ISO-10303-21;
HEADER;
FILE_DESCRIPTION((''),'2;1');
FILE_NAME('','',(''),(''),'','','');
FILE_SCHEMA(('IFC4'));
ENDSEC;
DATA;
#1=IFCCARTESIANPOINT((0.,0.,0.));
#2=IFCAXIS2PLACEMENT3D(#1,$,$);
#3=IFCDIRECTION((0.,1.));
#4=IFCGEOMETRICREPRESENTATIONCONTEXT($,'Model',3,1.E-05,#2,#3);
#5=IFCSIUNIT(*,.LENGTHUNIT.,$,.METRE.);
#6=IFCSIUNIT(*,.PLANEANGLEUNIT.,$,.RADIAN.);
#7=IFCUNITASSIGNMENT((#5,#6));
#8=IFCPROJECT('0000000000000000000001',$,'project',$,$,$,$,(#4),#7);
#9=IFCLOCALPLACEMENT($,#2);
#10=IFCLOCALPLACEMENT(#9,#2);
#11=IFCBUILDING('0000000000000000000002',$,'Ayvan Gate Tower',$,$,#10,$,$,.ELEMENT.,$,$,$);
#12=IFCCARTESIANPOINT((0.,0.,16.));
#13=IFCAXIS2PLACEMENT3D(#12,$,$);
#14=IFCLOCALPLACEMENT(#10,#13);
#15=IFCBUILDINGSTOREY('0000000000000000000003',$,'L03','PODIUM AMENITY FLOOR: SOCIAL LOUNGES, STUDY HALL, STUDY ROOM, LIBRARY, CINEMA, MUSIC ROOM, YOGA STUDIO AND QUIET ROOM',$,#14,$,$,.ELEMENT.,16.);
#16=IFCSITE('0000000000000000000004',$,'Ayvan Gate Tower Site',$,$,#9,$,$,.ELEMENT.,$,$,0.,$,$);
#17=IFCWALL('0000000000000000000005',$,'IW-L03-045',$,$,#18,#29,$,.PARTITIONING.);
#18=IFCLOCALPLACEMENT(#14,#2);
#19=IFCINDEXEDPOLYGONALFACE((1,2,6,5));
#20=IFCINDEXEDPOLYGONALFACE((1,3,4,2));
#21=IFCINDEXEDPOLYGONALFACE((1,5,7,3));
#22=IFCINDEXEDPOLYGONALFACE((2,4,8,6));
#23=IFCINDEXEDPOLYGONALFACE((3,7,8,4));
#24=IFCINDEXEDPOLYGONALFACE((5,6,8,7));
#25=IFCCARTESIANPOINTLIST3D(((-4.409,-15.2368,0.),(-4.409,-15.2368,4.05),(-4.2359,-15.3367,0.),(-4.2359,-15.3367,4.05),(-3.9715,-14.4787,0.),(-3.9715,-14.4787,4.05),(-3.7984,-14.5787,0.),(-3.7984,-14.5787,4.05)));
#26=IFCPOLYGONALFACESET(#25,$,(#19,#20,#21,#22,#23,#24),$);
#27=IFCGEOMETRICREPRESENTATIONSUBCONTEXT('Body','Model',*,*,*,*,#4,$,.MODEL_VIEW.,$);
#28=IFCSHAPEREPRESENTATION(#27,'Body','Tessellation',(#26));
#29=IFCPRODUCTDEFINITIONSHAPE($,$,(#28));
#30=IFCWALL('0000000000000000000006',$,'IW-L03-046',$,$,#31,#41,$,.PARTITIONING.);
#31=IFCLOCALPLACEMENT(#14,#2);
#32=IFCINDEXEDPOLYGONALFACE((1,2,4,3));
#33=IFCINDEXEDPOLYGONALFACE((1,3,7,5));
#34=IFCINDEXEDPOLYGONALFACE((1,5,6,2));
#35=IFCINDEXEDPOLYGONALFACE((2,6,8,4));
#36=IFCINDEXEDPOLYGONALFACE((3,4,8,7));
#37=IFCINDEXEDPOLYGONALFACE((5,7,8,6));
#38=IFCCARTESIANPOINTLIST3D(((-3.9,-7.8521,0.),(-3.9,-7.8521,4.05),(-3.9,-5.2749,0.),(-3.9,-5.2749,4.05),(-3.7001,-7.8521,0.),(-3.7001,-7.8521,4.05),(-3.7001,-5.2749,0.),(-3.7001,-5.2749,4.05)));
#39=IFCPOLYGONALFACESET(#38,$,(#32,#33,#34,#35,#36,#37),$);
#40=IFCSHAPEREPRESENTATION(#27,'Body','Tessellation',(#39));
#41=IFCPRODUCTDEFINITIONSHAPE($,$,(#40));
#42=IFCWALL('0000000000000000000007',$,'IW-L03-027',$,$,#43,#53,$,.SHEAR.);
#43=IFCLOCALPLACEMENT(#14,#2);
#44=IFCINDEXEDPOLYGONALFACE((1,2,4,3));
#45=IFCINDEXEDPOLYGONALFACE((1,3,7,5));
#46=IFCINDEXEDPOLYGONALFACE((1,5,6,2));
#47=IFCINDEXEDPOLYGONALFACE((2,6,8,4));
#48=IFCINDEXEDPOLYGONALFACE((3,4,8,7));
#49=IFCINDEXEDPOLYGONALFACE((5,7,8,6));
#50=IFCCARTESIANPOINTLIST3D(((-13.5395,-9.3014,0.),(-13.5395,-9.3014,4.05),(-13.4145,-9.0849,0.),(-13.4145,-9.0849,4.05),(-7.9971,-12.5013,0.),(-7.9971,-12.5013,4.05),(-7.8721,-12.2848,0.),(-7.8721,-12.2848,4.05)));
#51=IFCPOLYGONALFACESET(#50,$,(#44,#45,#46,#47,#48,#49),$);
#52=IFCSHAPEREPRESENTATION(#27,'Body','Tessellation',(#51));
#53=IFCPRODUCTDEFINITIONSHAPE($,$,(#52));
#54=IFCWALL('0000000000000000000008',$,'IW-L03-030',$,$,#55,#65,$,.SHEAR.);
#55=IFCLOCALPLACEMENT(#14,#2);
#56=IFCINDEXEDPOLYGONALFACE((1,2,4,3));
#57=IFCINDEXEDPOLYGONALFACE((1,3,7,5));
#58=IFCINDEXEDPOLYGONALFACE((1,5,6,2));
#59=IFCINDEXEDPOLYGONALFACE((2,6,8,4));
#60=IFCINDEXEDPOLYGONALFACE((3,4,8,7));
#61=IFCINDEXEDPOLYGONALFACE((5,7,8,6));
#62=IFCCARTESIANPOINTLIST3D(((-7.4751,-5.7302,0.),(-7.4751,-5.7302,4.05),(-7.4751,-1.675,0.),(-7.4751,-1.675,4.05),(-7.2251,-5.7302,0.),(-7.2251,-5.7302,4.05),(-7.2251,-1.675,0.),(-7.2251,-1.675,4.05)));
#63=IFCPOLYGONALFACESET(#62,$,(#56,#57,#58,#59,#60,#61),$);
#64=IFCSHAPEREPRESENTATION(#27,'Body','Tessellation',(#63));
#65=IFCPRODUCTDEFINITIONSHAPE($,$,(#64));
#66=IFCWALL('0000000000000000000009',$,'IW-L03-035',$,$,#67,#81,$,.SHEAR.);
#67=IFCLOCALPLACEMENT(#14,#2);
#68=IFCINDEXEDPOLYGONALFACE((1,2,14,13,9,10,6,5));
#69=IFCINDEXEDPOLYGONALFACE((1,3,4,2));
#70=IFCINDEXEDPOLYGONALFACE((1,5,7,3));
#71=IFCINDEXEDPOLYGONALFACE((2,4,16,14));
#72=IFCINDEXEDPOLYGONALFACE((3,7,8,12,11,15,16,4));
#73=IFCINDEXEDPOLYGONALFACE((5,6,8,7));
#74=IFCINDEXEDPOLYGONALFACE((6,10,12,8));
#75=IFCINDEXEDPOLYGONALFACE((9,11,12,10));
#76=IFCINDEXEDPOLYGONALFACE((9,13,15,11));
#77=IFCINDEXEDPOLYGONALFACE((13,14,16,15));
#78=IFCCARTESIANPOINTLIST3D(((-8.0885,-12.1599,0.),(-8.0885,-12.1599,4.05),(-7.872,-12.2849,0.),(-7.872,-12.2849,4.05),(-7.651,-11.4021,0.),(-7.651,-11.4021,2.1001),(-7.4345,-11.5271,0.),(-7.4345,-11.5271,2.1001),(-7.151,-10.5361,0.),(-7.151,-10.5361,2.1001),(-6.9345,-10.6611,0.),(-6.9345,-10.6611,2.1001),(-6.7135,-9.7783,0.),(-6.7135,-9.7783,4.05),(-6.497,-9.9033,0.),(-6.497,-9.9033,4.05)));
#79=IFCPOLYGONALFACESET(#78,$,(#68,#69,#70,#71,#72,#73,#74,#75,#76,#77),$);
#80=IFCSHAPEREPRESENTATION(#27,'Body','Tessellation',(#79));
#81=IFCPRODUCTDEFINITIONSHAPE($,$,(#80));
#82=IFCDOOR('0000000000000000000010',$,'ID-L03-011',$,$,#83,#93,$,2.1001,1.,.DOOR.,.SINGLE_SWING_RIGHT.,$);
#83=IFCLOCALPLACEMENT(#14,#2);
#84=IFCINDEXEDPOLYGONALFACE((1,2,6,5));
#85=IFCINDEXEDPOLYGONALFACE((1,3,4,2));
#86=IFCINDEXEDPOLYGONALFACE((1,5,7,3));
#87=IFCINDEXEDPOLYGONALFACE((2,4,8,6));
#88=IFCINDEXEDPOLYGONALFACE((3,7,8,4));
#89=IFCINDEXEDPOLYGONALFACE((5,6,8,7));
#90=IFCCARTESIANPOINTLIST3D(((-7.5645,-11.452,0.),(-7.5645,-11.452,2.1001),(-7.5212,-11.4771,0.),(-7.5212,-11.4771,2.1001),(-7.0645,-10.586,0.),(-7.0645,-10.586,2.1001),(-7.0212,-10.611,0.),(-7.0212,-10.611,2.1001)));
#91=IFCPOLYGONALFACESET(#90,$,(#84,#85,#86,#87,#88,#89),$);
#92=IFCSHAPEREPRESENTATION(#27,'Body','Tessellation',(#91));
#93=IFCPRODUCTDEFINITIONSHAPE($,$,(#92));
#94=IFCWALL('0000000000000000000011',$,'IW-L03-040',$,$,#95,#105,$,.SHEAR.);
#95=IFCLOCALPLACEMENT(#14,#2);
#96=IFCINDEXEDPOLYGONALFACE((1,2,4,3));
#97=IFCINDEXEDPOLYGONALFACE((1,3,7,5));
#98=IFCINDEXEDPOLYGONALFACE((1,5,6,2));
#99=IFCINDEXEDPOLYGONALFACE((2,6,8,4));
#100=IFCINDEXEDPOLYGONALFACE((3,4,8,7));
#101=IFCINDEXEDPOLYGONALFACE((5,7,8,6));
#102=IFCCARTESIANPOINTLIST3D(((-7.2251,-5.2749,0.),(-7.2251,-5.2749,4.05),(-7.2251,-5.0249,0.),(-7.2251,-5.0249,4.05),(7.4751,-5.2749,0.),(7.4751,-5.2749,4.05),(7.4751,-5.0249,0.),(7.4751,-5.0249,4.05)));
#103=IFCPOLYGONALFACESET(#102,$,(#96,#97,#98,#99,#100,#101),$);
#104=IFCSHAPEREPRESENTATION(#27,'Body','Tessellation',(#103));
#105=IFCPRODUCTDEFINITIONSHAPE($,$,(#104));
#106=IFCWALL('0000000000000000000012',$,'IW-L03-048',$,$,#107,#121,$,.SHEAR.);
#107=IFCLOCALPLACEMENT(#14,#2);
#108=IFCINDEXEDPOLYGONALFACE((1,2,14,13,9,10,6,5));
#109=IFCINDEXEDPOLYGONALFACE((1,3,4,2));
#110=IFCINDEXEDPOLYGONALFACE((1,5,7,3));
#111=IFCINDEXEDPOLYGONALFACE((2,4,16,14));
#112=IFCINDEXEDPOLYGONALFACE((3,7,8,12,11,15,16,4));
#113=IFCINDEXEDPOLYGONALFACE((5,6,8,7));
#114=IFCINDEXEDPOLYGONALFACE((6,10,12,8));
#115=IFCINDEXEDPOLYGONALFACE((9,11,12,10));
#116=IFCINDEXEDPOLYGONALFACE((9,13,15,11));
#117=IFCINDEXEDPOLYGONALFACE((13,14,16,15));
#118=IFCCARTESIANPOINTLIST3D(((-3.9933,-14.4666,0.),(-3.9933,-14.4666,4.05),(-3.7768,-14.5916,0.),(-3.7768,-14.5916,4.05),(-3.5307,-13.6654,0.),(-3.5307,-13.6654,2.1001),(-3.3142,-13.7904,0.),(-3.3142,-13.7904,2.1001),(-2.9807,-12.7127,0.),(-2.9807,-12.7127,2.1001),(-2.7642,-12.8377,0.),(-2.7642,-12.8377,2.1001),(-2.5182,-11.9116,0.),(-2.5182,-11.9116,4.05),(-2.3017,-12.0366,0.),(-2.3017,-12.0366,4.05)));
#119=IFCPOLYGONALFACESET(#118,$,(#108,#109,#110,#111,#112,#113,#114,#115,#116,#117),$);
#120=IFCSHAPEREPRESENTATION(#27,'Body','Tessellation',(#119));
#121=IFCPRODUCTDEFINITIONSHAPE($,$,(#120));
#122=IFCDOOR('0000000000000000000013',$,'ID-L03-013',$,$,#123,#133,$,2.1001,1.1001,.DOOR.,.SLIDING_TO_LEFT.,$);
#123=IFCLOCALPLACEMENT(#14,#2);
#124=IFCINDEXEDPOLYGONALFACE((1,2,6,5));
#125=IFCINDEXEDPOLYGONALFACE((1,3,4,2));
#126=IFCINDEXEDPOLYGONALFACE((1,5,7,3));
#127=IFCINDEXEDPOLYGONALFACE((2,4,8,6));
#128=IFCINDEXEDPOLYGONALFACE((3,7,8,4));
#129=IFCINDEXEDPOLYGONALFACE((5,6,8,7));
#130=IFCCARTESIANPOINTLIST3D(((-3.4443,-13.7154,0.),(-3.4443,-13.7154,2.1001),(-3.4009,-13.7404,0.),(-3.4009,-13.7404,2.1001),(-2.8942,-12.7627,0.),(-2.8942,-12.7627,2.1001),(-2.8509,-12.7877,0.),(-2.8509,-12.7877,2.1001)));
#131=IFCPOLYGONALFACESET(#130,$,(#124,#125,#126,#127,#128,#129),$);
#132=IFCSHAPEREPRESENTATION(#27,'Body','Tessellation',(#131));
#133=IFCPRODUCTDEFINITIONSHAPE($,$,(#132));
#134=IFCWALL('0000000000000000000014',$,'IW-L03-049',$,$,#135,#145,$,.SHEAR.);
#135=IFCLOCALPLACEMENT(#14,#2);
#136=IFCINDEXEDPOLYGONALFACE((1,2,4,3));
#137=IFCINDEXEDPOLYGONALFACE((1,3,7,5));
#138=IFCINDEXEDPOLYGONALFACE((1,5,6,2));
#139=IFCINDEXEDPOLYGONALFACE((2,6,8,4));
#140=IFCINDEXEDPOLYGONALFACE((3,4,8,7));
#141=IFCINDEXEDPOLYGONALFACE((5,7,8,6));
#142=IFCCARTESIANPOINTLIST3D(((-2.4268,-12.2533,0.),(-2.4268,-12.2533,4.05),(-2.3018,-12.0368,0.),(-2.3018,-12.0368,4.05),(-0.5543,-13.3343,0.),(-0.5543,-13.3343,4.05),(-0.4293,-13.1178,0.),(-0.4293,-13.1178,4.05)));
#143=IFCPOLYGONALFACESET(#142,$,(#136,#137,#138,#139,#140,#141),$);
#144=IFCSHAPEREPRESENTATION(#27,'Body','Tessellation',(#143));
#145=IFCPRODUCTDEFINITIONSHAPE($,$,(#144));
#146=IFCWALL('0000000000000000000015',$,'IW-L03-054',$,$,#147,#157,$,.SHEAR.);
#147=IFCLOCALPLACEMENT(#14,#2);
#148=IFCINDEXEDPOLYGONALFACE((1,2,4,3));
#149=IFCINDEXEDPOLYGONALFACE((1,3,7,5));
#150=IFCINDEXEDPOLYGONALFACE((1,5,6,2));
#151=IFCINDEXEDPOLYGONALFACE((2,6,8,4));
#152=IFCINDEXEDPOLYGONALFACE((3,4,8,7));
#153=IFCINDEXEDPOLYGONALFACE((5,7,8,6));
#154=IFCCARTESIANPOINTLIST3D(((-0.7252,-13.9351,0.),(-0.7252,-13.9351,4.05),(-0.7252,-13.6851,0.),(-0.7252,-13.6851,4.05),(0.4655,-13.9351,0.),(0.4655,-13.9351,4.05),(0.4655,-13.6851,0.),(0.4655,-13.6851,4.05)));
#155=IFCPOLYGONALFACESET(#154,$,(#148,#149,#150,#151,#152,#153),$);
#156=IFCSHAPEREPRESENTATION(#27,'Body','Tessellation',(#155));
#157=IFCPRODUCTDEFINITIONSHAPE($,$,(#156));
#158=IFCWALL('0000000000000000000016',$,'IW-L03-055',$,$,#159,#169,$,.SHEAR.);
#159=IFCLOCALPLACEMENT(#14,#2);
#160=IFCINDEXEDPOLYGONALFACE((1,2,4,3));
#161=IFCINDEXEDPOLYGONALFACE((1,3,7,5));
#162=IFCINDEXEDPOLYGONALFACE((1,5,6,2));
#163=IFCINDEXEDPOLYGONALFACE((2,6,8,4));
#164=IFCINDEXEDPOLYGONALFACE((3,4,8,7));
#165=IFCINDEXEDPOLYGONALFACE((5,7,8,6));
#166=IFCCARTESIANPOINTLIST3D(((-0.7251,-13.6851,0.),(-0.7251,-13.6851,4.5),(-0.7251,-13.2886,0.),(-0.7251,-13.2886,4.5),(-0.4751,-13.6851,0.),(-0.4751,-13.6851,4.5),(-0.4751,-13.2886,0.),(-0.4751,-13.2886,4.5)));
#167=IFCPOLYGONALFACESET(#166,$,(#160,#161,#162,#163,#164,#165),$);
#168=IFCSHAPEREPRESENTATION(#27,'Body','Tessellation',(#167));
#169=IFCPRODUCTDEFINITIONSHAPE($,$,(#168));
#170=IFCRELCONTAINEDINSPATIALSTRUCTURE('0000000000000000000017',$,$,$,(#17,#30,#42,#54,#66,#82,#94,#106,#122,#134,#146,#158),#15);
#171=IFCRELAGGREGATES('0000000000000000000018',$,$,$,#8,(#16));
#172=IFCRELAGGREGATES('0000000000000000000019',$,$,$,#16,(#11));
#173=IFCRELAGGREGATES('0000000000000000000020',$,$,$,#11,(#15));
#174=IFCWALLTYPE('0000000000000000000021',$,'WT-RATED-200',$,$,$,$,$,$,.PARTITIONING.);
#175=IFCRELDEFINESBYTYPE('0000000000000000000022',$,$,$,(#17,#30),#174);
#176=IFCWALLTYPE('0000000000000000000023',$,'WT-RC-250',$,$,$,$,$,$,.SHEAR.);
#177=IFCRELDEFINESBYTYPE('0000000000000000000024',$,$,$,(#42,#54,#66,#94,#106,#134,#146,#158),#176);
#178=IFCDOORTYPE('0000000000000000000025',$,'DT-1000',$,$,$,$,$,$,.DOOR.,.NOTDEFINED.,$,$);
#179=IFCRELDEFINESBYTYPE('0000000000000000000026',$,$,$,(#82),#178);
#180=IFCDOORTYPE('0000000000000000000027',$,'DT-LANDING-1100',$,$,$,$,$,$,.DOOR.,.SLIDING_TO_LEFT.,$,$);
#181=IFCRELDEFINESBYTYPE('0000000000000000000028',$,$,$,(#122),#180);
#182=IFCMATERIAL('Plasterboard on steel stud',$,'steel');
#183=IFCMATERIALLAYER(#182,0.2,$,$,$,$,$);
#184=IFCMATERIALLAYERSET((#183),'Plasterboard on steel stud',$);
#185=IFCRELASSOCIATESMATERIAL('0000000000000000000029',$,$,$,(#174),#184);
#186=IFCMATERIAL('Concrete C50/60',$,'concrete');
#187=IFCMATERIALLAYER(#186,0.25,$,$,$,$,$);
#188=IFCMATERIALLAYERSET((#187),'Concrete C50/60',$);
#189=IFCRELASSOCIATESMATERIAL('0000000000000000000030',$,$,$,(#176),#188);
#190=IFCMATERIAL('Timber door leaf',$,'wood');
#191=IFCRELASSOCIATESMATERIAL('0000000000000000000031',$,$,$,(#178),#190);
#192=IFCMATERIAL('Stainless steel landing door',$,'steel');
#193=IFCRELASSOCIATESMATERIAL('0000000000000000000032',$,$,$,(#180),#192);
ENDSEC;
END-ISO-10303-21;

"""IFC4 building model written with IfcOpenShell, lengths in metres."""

from ifc_helpers import new_model, si_unit, direction, frame, frame_2d, origin, place, context, subcontext, project, spatial, rectangle, extrude, material, layer, layer_set, type_object, element, fill, save


model = new_model("IFC4")

# Units and contexts
model_context = context("Model", 3, precision=1e-05, world=origin(), true_north=direction((0.0, 1.0)))
body_context = subcontext(model_context, "Body", "Model", "MODEL_VIEW")
ifc_project = project(units=[si_unit("LENGTHUNIT", "METRE"), si_unit("PLANEANGLEUNIT", "RADIAN")], contexts=[model_context])

# Site, building, storey
site_placement = place(None, origin())
site = spatial("IfcSite", under=ifc_project, at=site_placement, Name="Ayvan Gate Tower Site", CompositionType="ELEMENT", RefElevation=0.0)
building_placement = place(site_placement, origin())
building = spatial("IfcBuilding", under=site, at=building_placement, Name="Ayvan Gate Tower", CompositionType="ELEMENT")
storey_placement = place(building_placement, frame((0.0, 0.0, 16.0)))
storey = spatial("IfcBuildingStorey", under=building, at=storey_placement, Name="L03", Description="PODIUM AMENITY FLOOR: SOCIAL LOUNGES, STUDY HALL, STUDY ROOM, LIBRARY, CINEMA, MUSIC ROOM, YOGA STUDIO AND QUIET ROOM", CompositionType="ELEMENT", Elevation=16.0)

# Shared definitions
ifc_material_1 = material(Name="Timber door leaf", Category="wood")

# Shared definitions
ifc_material_2 = material(Name="Plasterboard on steel stud", Category="steel")
ifc_layer_1 = layer(ifc_material_2, 0.2)
ifc_layer_set_1 = layer_set([ifc_layer_1], Name="Plasterboard on steel stud")
wall_type_1 = type_object("IfcWallType", Name="WT-RATED-200", PredefinedType="PARTITIONING", material=ifc_layer_set_1)

# Walls
wall_1_placement = place(storey_placement, frame((-3.885, -14.5288, 0.0), z_axis=(0.0, 0.0, 1.0), x_axis=(-0.499859, -0.866107, 0.0)))
element("IfcWall", 1, at=wall_1_placement, inside=storey, type_object=wall_type_1, Name="IW-L03-045", PredefinedType="PARTITIONING", context=body_context, shape_type="SweptSolid", body=[
    extrude(rectangle(XDim=0.8752, YDim=0.2, at=frame_2d((0.4375, 0.0))), origin(), (0.0, 0.0, 1.0), 4.05),
])
wall_2_placement = place(storey_placement, frame((-3.8, -5.2749, 0.0), z_axis=(0.0, 0.0, 1.0), x_axis=(0.0, -1.0, 0.0)))
element("IfcWall", 2, at=wall_2_placement, inside=storey, type_object=wall_type_1, Name="IW-L03-046", PredefinedType="PARTITIONING", context=body_context, shape_type="SweptSolid", body=[
    extrude(rectangle(XDim=2.5771, YDim=0.2, at=frame_2d((1.2886, 0.0))), origin(), (0.0, 0.0, 1.0), 4.05),
])
ifc_material_3 = material(Name="Concrete C50/60", Category="concrete")
ifc_layer_2 = layer(ifc_material_3, 0.25)
ifc_layer_set_2 = layer_set([ifc_layer_2], Name="Concrete C50/60")
wall_type_2 = type_object("IfcWallType", Name="WT-RC-250", PredefinedType="SHEAR", material=ifc_layer_set_2)
wall_3_placement = place(storey_placement, frame((-7.9346, -12.3931, 0.0), z_axis=(0.0, 0.0, 1.0), x_axis=(-0.866025, 0.5, 0.0)))
element("IfcWall", 3, at=wall_3_placement, inside=storey, type_object=wall_type_2, Name="IW-L03-027", PredefinedType="SHEAR", context=body_context, shape_type="SweptSolid", body=[
    extrude(rectangle(XDim=6.3999, YDim=0.25, at=frame_2d((3.2, 0.0))), origin(), (0.0, 0.0, 1.0), 4.05),
])
wall_4_placement = place(storey_placement, frame((-7.3501, -5.7302, 0.0), z_axis=(0.0, 0.0, 1.0), x_axis=(0.0, 1.0, 0.0)))
element("IfcWall", 4, at=wall_4_placement, inside=storey, type_object=wall_type_2, Name="IW-L03-030", PredefinedType="SHEAR", context=body_context, shape_type="SweptSolid", body=[
    extrude(rectangle(XDim=4.0552, YDim=0.25, at=frame_2d((2.0276, 0.0))), origin(), (0.0, 0.0, 1.0), 4.05),
])

# Wall, opening, door
wall_5_placement = place(storey_placement, frame((-6.6052, -9.8408, 0.0), z_axis=(0.0, 0.0, 1.0), x_axis=(-0.499997, -0.866027, 0.0)))
wall_5 = element("IfcWall", 5, at=wall_5_placement, inside=storey, type_object=wall_type_2, Name="IW-L03-035", PredefinedType="SHEAR", context=body_context, shape_type="SweptSolid", body=[
    extrude(rectangle(XDim=2.75, YDim=0.25, at=frame_2d((1.375, 0.0))), origin(), (0.0, 0.0, 1.0), 4.05),
])
opening_1_placement = place(wall_5_placement, frame((0.875, 0.0, 0.0)))
opening_1 = element("IfcOpeningElement", 6, at=opening_1_placement, cuts=wall_5, PredefinedType="OPENING", context=body_context, shape_type="SweptSolid", body=[
    extrude(rectangle(XDim=1.0, YDim=2.1001, at=frame_2d((0.5, 1.05))), frame((0.0, 0.135, 0.0), z_axis=(0.0, -1.0, 0.0), x_axis=(1.0, 0.0, 0.0)), (0.0, 0.0, 1.0), 0.27),
])
door_type_1 = type_object("IfcDoorType", Name="DT-1000", OperationType="NOTDEFINED", PredefinedType="DOOR", material=ifc_material_1)
door_1_placement = place(opening_1_placement, origin())
door_1 = element("IfcDoor", 7, at=door_1_placement, inside=storey, type_object=door_type_1, Name="ID-L03-011", OperationType="SINGLE_SWING_RIGHT", OverallHeight=2.1001, OverallWidth=1.0, PredefinedType="DOOR", context=body_context, shape_type="SweptSolid", body=[
    extrude(rectangle(XDim=1.0, YDim=2.1001, at=frame_2d((0.5, 1.05))), frame((0.0, 0.0249, 0.0), z_axis=(0.0, -1.0, 0.0), x_axis=(1.0, 0.0, 0.0)), (0.0, 0.0, 1.0), 0.05),
])
fill(opening_1, door_1)

# Wall
wall_6_placement = place(storey_placement, frame((-7.2251, -5.1499, 0.0), z_axis=(0.0, 0.0, 1.0), x_axis=(1.0, 0.0, 0.0)))
element("IfcWall", 8, at=wall_6_placement, inside=storey, type_object=wall_type_2, Name="IW-L03-040", PredefinedType="SHEAR", context=body_context, shape_type="SweptSolid", body=[
    extrude(rectangle(XDim=14.7002, YDim=0.25, at=frame_2d((7.3501, 0.0))), origin(), (0.0, 0.0, 1.0), 4.05),
])

# Wall, opening, door
wall_7_placement = place(storey_placement, frame((-2.4099, -11.9741, 0.0), z_axis=(0.0, 0.0, 1.0), x_axis=(-0.500002, -0.866024, 0.0)))
wall_7 = element("IfcWall", 9, at=wall_7_placement, inside=storey, type_object=wall_type_2, Name="IW-L03-048", PredefinedType="SHEAR", context=body_context, shape_type="SweptSolid", body=[
    extrude(rectangle(XDim=2.9502, YDim=0.25, at=frame_2d((1.4751, 0.0))), origin(), (0.0, 0.0, 1.0), 4.05),
])
opening_2_placement = place(wall_7_placement, frame((0.925, 0.0, 0.0)))
opening_2 = element("IfcOpeningElement", 10, at=opening_2_placement, cuts=wall_7, PredefinedType="OPENING", context=body_context, shape_type="SweptSolid", body=[
    extrude(rectangle(XDim=1.1001, YDim=2.1001, at=frame_2d((0.55, 1.05))), frame((0.0, 0.135, 0.0), z_axis=(0.0, -1.0, 0.0), x_axis=(1.0, 0.0, 0.0)), (0.0, 0.0, 1.0), 0.27),
])
ifc_material_4 = material(Name="Stainless steel landing door", Category="steel")
door_type_2 = type_object("IfcDoorType", Name="DT-LANDING-1100", OperationType="SLIDING_TO_LEFT", PredefinedType="DOOR", material=ifc_material_4)
door_2_placement = place(opening_2_placement, origin())
door_2 = element("IfcDoor", 11, at=door_2_placement, inside=storey, type_object=door_type_2, Name="ID-L03-013", OperationType="SLIDING_TO_LEFT", OverallHeight=2.1001, OverallWidth=1.1001, PredefinedType="DOOR", context=body_context, shape_type="SweptSolid", body=[
    extrude(rectangle(XDim=1.1001, YDim=2.1001, at=frame_2d((0.55, 1.05))), frame((0.0, 0.0249, 0.0), z_axis=(0.0, -1.0, 0.0), x_axis=(1.0, 0.0, 0.0)), (0.0, 0.0, 1.0), 0.05),
])
fill(opening_2, door_2)

# Walls
wall_8_placement = place(storey_placement, frame((-2.3643, -12.145, 0.0), z_axis=(0.0, 0.0, 1.0), x_axis=(0.866039, -0.499977, 0.0)))
element("IfcWall", 12, at=wall_8_placement, inside=storey, type_object=wall_type_2, Name="IW-L03-049", PredefinedType="SHEAR", context=body_context, shape_type="SweptSolid", body=[
    extrude(rectangle(XDim=2.1621, YDim=0.25, at=frame_2d((1.0811, 0.0))), origin(), (0.0, 0.0, 1.0), 4.05),
])
wall_9_placement = place(storey_placement, frame((-0.7251, -13.8101, 0.0), z_axis=(0.0, 0.0, 1.0), x_axis=(1.0, 0.0, 0.0)))
element("IfcWall", 13, at=wall_9_placement, inside=storey, type_object=wall_type_2, Name="IW-L03-054", PredefinedType="SHEAR", context=body_context, shape_type="SweptSolid", body=[
    extrude(rectangle(XDim=1.1907, YDim=0.25, at=frame_2d((0.5952, 0.0))), origin(), (0.0, 0.0, 1.0), 4.05),
])
wall_10_placement = place(storey_placement, frame((-0.6001, -13.2886, 0.0), z_axis=(0.0, 0.0, 1.0), x_axis=(0.0, -1.0, 0.0)))
element("IfcWall", 14, at=wall_10_placement, inside=storey, type_object=wall_type_2, Name="IW-L03-055", PredefinedType="SHEAR", context=body_context, shape_type="SweptSolid", body=[
    extrude(rectangle(XDim=0.3965, YDim=0.25, at=frame_2d((0.1982, 0.0))), origin(), (0.0, 0.0, 1.0), 4.5),
])

save(model, "model.ifc")
